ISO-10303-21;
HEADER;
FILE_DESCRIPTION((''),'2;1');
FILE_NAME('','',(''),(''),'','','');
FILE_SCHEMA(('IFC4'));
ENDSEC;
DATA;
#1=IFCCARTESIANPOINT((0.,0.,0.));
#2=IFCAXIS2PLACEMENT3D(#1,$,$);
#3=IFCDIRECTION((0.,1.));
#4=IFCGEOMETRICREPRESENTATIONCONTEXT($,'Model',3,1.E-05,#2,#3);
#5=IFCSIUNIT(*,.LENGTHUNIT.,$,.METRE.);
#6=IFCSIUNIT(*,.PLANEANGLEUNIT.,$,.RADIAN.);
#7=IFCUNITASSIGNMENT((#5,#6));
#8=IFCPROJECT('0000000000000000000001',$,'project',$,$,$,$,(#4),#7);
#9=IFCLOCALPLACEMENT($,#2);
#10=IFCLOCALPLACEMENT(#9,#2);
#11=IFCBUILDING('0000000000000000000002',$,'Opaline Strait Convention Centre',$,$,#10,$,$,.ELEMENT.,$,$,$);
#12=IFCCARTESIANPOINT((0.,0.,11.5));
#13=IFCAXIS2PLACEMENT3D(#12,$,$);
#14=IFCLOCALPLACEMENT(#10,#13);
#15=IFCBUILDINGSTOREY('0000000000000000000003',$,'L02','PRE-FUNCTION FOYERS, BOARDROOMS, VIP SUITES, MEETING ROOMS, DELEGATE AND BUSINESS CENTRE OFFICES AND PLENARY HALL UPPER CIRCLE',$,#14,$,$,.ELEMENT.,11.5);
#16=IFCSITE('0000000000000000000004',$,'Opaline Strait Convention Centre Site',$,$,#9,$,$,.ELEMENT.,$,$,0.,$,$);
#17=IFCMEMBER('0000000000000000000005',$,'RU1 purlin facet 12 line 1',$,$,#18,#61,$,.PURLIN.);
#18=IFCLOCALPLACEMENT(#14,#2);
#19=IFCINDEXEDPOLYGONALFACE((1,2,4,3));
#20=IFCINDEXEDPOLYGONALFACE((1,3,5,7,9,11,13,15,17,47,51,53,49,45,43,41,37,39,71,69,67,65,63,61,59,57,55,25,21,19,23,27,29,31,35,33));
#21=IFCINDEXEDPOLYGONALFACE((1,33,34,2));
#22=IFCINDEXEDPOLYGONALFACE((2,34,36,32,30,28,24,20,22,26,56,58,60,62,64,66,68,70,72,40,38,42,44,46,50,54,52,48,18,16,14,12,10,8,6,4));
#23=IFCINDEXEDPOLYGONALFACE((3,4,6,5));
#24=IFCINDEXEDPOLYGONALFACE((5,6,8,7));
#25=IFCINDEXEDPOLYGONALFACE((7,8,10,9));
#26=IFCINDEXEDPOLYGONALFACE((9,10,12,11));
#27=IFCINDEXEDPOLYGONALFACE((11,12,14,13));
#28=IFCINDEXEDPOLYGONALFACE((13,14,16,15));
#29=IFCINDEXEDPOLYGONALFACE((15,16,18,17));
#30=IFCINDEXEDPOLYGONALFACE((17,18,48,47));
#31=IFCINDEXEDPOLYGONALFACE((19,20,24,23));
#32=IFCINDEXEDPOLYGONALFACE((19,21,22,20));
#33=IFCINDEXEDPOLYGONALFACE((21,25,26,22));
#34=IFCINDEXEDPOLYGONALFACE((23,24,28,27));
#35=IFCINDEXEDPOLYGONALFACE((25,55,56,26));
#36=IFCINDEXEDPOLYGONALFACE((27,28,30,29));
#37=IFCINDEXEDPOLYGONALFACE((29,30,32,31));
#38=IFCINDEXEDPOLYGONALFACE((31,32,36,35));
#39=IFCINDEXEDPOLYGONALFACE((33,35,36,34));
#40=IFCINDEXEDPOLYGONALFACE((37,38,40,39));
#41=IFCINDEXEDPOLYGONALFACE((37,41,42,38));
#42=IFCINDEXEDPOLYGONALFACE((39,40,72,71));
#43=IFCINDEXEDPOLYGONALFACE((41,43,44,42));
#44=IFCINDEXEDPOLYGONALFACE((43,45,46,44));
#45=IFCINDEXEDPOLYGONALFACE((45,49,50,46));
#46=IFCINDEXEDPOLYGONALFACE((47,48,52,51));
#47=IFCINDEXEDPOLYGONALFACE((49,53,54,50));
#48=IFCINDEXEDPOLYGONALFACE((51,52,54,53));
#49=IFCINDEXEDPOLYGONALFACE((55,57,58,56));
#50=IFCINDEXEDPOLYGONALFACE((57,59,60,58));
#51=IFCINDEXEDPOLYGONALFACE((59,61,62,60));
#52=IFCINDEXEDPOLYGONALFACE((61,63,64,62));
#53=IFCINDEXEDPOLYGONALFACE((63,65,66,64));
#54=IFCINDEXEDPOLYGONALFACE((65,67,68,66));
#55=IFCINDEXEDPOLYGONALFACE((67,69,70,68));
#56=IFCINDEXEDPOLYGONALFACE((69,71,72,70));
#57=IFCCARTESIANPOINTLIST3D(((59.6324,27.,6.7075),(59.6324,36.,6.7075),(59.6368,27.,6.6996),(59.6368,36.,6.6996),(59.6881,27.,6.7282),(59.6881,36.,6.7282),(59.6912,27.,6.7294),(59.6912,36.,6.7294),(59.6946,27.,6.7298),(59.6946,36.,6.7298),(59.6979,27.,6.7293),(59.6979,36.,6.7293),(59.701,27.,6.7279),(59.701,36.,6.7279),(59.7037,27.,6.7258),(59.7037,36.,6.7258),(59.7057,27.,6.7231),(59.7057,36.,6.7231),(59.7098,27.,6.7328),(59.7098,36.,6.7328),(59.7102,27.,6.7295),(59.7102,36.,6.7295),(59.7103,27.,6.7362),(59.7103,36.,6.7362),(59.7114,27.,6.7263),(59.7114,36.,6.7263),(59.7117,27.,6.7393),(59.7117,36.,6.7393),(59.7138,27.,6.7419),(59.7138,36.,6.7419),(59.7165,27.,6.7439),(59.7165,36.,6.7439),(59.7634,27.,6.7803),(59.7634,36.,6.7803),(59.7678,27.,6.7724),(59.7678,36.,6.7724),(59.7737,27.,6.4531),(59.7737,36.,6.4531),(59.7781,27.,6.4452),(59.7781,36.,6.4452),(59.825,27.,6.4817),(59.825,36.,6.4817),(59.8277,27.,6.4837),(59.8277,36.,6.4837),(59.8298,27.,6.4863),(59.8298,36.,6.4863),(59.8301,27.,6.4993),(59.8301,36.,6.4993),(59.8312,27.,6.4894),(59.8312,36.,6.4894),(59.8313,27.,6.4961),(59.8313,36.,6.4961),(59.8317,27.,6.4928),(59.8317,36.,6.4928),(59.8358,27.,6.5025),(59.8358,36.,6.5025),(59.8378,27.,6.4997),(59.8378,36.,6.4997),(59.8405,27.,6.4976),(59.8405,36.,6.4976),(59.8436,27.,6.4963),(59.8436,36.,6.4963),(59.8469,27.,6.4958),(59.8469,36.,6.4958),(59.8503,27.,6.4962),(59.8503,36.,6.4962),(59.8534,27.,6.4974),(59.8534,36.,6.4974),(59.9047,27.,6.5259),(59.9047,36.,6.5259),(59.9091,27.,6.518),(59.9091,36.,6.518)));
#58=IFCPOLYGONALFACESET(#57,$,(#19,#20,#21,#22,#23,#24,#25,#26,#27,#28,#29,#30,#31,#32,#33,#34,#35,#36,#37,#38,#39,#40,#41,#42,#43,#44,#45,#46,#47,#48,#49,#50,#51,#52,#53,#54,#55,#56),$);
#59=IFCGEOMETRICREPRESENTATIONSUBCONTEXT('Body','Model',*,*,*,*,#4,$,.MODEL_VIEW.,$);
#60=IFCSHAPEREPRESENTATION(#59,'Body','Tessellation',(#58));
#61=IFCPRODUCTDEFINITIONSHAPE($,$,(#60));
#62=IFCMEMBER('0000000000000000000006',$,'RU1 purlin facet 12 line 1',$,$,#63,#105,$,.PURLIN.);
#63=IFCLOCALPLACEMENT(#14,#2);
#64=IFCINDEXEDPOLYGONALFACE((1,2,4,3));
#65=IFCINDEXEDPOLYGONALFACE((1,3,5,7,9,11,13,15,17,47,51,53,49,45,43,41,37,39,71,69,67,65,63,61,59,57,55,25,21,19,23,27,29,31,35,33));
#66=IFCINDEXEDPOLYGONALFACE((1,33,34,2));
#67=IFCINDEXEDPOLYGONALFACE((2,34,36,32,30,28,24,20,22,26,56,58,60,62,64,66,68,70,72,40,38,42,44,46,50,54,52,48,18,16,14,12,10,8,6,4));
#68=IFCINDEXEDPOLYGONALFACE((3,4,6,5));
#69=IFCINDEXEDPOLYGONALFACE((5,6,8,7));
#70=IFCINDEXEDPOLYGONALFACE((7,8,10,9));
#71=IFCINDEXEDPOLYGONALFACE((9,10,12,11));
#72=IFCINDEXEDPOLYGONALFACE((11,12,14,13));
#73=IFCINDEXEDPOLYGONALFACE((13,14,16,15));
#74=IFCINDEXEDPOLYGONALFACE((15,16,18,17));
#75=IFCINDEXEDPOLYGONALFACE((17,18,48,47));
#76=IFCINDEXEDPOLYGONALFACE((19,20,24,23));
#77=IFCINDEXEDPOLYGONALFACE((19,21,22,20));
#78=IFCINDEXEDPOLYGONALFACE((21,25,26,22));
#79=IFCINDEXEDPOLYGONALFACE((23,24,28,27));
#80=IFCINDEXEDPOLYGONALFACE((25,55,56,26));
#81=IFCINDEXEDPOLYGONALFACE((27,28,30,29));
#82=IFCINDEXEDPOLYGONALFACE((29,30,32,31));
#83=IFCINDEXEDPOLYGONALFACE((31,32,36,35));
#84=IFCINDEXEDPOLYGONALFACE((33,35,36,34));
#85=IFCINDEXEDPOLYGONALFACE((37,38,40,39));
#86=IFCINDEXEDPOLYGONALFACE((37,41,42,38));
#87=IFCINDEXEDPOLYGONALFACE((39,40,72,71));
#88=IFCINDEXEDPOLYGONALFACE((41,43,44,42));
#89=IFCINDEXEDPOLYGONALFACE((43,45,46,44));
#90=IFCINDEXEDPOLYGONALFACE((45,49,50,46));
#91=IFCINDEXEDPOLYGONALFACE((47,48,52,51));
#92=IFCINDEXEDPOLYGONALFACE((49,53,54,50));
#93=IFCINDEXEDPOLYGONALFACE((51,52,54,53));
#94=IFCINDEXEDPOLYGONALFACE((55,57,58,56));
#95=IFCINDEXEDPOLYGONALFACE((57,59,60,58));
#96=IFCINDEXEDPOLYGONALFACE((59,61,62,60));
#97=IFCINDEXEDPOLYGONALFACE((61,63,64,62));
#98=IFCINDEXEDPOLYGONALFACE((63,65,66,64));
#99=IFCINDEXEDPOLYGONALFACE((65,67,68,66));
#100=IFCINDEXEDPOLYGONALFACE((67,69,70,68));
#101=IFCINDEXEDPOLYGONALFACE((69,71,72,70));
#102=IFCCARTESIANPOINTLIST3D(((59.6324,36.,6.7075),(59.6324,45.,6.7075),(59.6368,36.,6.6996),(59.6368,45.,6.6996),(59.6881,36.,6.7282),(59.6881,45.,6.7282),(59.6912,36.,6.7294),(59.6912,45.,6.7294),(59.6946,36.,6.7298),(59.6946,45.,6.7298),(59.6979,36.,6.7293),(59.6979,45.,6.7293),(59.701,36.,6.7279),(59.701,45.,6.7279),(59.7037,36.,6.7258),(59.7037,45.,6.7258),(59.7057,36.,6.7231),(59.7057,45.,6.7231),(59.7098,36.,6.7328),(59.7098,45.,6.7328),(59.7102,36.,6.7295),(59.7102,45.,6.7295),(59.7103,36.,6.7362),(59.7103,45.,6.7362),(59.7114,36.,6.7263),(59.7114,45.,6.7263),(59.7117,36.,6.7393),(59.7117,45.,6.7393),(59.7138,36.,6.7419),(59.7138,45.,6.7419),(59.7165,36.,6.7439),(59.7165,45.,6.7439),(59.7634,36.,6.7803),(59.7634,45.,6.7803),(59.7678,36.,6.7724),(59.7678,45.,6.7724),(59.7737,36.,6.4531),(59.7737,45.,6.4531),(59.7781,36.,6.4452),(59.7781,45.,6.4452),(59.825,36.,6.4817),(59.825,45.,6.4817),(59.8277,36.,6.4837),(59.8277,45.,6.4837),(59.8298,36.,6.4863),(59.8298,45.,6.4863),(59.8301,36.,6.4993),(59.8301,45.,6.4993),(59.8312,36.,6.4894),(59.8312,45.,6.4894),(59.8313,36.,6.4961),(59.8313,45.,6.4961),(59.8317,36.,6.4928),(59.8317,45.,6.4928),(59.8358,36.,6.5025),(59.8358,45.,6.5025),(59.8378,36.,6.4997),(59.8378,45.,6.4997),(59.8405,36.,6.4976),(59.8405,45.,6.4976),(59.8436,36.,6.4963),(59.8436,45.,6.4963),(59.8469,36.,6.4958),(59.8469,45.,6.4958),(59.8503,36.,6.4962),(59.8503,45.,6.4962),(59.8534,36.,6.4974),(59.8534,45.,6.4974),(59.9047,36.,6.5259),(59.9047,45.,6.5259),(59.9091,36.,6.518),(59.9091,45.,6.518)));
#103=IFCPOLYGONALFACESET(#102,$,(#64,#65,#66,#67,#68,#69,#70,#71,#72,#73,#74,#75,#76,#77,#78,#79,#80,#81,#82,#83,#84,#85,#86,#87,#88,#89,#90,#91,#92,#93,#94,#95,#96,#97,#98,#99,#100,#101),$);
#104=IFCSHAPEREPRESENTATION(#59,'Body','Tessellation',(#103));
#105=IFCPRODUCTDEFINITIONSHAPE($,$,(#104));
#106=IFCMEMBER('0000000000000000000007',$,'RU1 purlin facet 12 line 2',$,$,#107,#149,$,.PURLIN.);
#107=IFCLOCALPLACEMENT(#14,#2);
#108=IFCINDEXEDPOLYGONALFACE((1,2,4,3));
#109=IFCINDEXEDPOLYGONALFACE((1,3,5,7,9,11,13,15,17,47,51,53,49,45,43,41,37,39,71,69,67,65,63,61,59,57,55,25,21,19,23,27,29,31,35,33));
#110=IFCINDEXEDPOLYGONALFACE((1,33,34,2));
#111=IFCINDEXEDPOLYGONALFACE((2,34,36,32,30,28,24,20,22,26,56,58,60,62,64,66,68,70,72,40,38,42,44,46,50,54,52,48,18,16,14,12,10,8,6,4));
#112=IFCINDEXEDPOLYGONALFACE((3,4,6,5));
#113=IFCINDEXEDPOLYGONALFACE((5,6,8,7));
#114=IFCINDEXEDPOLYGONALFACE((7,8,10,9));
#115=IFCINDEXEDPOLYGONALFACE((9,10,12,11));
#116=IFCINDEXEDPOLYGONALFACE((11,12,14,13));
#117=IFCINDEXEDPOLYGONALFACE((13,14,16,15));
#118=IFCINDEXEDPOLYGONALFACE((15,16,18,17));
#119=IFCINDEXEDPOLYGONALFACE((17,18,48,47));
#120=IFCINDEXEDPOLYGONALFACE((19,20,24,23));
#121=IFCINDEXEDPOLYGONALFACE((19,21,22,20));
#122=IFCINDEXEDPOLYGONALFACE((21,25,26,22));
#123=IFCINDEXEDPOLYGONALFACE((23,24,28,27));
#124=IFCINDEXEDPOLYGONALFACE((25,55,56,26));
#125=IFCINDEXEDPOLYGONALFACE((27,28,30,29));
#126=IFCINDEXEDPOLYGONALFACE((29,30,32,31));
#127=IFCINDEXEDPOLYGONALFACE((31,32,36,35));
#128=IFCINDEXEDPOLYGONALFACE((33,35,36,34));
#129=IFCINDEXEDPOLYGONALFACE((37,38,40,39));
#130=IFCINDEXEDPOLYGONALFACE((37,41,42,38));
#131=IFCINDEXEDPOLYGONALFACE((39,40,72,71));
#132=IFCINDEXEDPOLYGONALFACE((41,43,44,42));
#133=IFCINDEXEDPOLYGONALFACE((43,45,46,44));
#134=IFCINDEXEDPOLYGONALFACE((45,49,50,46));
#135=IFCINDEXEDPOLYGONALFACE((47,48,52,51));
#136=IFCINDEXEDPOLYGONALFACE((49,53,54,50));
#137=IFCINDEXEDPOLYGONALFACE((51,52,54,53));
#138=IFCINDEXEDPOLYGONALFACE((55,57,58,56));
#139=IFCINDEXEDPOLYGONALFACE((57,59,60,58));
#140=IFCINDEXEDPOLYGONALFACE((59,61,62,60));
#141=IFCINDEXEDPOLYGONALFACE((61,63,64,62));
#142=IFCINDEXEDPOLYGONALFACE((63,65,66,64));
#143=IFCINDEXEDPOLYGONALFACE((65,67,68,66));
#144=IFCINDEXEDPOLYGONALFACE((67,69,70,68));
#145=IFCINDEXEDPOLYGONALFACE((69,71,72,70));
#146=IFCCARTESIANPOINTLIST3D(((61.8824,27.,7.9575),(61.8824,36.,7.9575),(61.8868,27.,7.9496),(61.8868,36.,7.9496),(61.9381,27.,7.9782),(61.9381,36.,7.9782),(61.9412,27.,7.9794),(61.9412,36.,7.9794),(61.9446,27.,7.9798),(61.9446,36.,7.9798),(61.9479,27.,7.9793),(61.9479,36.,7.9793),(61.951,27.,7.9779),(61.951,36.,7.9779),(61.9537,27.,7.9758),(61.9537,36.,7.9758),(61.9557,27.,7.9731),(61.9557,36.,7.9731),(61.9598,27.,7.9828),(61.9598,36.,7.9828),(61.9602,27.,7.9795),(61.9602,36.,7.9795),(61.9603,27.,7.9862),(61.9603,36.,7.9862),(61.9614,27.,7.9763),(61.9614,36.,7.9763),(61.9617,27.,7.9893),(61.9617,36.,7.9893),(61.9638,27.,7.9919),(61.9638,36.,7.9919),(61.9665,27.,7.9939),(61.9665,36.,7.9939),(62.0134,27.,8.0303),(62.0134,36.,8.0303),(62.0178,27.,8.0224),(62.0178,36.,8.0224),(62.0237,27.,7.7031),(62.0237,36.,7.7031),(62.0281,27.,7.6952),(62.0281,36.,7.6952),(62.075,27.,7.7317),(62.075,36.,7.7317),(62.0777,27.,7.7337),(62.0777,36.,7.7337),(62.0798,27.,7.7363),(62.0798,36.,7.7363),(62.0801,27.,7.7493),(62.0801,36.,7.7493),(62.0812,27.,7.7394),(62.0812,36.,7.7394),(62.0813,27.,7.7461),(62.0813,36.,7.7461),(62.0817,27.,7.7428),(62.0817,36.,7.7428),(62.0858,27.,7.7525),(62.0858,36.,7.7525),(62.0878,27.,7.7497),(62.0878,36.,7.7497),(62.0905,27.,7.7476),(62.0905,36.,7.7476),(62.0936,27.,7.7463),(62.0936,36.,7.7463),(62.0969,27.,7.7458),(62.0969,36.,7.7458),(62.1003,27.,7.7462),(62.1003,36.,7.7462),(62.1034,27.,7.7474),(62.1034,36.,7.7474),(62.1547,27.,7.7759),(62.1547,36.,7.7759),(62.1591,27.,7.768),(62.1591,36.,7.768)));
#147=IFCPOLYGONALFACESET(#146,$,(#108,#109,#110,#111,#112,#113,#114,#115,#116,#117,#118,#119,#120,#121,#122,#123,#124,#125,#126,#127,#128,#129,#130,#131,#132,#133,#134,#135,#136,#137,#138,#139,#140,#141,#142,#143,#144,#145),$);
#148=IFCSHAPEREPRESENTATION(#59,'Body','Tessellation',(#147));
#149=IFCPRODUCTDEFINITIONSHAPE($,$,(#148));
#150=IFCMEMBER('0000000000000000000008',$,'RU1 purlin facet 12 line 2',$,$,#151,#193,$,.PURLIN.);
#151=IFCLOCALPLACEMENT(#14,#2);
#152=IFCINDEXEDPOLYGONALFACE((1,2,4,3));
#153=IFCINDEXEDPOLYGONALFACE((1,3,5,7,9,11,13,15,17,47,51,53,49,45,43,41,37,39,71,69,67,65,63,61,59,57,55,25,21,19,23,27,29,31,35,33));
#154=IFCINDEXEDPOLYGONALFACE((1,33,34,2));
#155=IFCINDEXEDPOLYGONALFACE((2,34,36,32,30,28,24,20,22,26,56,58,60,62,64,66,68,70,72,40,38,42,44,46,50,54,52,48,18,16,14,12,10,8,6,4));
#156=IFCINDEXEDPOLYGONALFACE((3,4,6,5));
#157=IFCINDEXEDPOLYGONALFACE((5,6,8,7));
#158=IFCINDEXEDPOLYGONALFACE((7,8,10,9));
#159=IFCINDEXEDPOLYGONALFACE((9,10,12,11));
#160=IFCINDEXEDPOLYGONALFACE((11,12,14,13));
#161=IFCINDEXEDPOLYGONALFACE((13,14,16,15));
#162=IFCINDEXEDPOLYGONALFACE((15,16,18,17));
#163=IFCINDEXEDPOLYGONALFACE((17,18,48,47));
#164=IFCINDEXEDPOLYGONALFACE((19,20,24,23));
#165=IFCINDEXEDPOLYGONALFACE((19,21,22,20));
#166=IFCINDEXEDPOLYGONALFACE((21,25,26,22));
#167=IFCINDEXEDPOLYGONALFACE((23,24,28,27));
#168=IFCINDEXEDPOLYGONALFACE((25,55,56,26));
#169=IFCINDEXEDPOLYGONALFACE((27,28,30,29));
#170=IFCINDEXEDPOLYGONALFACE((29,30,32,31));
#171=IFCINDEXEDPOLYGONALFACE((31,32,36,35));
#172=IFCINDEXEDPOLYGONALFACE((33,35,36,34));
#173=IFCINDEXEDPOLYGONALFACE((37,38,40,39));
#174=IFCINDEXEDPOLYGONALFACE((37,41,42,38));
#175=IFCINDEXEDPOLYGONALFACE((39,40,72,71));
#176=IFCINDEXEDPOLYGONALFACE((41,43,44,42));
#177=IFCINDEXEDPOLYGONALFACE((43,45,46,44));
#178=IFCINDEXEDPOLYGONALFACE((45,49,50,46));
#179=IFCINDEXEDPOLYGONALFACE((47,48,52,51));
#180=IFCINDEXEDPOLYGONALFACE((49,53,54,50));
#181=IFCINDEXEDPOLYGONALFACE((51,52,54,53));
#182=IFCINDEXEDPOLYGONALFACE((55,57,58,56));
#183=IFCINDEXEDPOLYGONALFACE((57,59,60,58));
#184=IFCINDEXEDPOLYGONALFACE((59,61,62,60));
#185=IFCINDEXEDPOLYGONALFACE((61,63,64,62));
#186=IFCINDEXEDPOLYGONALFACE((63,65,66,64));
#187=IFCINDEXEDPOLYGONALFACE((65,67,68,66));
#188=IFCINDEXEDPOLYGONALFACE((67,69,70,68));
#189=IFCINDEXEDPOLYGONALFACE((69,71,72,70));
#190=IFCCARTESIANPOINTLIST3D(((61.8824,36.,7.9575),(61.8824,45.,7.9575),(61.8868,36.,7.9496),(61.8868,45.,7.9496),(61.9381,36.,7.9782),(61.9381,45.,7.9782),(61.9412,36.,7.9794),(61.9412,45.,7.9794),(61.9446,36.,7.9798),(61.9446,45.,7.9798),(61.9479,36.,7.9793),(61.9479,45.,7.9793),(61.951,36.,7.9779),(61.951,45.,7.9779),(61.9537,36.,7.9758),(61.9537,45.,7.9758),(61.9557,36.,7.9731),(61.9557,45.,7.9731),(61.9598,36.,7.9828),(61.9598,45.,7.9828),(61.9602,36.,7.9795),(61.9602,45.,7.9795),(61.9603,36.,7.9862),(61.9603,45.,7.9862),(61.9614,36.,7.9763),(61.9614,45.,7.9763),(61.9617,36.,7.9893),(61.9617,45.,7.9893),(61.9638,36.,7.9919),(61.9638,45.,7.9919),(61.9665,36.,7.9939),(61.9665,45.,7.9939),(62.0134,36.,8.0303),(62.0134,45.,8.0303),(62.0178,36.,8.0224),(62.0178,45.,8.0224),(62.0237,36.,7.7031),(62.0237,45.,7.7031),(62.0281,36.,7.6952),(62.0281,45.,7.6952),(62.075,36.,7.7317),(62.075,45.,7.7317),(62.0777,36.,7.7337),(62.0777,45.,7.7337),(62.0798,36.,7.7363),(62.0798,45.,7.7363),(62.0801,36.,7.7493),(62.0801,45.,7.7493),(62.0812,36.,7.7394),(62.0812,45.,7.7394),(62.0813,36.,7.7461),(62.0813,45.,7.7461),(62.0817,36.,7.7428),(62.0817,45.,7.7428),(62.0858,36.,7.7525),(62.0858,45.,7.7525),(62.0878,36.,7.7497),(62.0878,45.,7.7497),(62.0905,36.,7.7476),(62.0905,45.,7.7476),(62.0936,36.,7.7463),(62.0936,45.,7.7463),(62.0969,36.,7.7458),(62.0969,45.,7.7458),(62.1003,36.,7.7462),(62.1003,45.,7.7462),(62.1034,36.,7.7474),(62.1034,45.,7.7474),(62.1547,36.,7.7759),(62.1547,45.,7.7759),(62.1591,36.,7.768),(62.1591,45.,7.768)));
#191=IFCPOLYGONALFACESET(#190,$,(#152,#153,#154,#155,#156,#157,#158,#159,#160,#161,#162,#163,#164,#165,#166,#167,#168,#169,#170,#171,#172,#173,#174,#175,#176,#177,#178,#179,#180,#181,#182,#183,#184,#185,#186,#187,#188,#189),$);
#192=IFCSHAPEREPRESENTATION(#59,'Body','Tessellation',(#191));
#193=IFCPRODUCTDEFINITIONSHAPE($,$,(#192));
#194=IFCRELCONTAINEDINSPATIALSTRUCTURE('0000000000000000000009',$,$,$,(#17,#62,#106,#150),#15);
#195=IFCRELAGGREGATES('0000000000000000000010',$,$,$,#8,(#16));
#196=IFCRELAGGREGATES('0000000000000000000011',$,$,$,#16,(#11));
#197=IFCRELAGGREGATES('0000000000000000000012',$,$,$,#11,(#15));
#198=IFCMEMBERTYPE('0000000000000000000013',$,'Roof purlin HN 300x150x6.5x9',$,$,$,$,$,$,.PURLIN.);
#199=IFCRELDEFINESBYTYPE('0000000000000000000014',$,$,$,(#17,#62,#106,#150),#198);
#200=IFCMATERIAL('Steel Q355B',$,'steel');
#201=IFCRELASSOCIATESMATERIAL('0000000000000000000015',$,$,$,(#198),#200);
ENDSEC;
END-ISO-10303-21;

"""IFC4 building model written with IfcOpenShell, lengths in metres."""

from ifc_helpers import new_model, si_unit, direction, frame, origin, origin_2d, place, context, subcontext, project, spatial, i_section, extrude, material, material_profile, profile_set, type_object, element, save


model = new_model("IFC4")

# Units and contexts
model_context = context("Model", 3, precision=1e-05, world=origin(), true_north=direction((0.0, 1.0)))
body_context = subcontext(model_context, "Body", "Model", "MODEL_VIEW")
ifc_project = project(units=[si_unit("LENGTHUNIT", "METRE"), si_unit("PLANEANGLEUNIT", "RADIAN")], contexts=[model_context])

# Site, building, storey
site_placement = place(None, origin())
site = spatial("IfcSite", under=ifc_project, at=site_placement, Name="Opaline Strait Convention Centre Site", CompositionType="ELEMENT", RefElevation=0.0)
building_placement = place(site_placement, origin())
building = spatial("IfcBuilding", under=site, at=building_placement, Name="Opaline Strait Convention Centre", CompositionType="ELEMENT")
storey_placement = place(building_placement, frame((0.0, 0.0, 11.5)))
storey = spatial("IfcBuildingStorey", under=building, at=storey_placement, Name="L02", Description="PRE-FUNCTION FOYERS, BOARDROOMS, VIP SUITES, MEETING ROOMS, DELEGATE AND BUSINESS CENTRE OFFICES AND PLENARY HALL UPPER CIRCLE", CompositionType="ELEMENT", Elevation=11.5)

# Shared definitions
ifc_material_1 = material(Name="Steel Q355B", Category="steel")

# Members
ifc_material_profile_1 = material_profile(ifc_material_1, i_section(OverallWidth=0.1499, OverallDepth=0.3, WebThickness=0.0066, FlangeThickness=0.009, FilletRadius=0.0129, at=origin_2d()), Name="HN 300x150x6.5x9")
ifc_profile_set_1 = profile_set([ifc_material_profile_1], Name="Steel Q355B")
member_type_1 = type_object("IfcMemberType", Name="Roof purlin HN 300x150x6.5x9", PredefinedType="PURLIN", material=ifc_profile_set_1)
for number, where, z_axis, x_axis, name in (
    (1, (59.7708, 27.0, 6.6128), (0.0, 1.0, 0.0), (-0.874157, 0.0, -0.485643), "RU1 purlin facet 12 line 1"),
    (2, (59.7708, 36.0, 6.6128), (0.0, 1.0, 0.0), (-0.874157, 0.0, -0.485643), "RU1 purlin facet 12 line 1"),
    (3, (62.0208, 27.0, 7.8628), (0.0, 1.0, 0.0), (-0.874157, 0.0, -0.485643), "RU1 purlin facet 12 line 2"),
    (4, (62.0208, 36.0, 7.8628), (0.0, 1.0, 0.0), (-0.874157, 0.0, -0.485643), "RU1 purlin facet 12 line 2"),
):
    element("IfcMember", number, at=place(storey_placement, frame(where, z_axis=z_axis, x_axis=x_axis)), inside=storey, type_object=member_type_1, Name=name, PredefinedType="PURLIN", context=body_context, shape_type="SweptSolid", body=[
        extrude(i_section(OverallWidth=0.1499, OverallDepth=0.3, WebThickness=0.0066, FlangeThickness=0.009, FilletRadius=0.0129, at=origin_2d()), origin(), (0.0, 0.0, 1.0), 9.0),
    ])

save(model, "model.ifc")
